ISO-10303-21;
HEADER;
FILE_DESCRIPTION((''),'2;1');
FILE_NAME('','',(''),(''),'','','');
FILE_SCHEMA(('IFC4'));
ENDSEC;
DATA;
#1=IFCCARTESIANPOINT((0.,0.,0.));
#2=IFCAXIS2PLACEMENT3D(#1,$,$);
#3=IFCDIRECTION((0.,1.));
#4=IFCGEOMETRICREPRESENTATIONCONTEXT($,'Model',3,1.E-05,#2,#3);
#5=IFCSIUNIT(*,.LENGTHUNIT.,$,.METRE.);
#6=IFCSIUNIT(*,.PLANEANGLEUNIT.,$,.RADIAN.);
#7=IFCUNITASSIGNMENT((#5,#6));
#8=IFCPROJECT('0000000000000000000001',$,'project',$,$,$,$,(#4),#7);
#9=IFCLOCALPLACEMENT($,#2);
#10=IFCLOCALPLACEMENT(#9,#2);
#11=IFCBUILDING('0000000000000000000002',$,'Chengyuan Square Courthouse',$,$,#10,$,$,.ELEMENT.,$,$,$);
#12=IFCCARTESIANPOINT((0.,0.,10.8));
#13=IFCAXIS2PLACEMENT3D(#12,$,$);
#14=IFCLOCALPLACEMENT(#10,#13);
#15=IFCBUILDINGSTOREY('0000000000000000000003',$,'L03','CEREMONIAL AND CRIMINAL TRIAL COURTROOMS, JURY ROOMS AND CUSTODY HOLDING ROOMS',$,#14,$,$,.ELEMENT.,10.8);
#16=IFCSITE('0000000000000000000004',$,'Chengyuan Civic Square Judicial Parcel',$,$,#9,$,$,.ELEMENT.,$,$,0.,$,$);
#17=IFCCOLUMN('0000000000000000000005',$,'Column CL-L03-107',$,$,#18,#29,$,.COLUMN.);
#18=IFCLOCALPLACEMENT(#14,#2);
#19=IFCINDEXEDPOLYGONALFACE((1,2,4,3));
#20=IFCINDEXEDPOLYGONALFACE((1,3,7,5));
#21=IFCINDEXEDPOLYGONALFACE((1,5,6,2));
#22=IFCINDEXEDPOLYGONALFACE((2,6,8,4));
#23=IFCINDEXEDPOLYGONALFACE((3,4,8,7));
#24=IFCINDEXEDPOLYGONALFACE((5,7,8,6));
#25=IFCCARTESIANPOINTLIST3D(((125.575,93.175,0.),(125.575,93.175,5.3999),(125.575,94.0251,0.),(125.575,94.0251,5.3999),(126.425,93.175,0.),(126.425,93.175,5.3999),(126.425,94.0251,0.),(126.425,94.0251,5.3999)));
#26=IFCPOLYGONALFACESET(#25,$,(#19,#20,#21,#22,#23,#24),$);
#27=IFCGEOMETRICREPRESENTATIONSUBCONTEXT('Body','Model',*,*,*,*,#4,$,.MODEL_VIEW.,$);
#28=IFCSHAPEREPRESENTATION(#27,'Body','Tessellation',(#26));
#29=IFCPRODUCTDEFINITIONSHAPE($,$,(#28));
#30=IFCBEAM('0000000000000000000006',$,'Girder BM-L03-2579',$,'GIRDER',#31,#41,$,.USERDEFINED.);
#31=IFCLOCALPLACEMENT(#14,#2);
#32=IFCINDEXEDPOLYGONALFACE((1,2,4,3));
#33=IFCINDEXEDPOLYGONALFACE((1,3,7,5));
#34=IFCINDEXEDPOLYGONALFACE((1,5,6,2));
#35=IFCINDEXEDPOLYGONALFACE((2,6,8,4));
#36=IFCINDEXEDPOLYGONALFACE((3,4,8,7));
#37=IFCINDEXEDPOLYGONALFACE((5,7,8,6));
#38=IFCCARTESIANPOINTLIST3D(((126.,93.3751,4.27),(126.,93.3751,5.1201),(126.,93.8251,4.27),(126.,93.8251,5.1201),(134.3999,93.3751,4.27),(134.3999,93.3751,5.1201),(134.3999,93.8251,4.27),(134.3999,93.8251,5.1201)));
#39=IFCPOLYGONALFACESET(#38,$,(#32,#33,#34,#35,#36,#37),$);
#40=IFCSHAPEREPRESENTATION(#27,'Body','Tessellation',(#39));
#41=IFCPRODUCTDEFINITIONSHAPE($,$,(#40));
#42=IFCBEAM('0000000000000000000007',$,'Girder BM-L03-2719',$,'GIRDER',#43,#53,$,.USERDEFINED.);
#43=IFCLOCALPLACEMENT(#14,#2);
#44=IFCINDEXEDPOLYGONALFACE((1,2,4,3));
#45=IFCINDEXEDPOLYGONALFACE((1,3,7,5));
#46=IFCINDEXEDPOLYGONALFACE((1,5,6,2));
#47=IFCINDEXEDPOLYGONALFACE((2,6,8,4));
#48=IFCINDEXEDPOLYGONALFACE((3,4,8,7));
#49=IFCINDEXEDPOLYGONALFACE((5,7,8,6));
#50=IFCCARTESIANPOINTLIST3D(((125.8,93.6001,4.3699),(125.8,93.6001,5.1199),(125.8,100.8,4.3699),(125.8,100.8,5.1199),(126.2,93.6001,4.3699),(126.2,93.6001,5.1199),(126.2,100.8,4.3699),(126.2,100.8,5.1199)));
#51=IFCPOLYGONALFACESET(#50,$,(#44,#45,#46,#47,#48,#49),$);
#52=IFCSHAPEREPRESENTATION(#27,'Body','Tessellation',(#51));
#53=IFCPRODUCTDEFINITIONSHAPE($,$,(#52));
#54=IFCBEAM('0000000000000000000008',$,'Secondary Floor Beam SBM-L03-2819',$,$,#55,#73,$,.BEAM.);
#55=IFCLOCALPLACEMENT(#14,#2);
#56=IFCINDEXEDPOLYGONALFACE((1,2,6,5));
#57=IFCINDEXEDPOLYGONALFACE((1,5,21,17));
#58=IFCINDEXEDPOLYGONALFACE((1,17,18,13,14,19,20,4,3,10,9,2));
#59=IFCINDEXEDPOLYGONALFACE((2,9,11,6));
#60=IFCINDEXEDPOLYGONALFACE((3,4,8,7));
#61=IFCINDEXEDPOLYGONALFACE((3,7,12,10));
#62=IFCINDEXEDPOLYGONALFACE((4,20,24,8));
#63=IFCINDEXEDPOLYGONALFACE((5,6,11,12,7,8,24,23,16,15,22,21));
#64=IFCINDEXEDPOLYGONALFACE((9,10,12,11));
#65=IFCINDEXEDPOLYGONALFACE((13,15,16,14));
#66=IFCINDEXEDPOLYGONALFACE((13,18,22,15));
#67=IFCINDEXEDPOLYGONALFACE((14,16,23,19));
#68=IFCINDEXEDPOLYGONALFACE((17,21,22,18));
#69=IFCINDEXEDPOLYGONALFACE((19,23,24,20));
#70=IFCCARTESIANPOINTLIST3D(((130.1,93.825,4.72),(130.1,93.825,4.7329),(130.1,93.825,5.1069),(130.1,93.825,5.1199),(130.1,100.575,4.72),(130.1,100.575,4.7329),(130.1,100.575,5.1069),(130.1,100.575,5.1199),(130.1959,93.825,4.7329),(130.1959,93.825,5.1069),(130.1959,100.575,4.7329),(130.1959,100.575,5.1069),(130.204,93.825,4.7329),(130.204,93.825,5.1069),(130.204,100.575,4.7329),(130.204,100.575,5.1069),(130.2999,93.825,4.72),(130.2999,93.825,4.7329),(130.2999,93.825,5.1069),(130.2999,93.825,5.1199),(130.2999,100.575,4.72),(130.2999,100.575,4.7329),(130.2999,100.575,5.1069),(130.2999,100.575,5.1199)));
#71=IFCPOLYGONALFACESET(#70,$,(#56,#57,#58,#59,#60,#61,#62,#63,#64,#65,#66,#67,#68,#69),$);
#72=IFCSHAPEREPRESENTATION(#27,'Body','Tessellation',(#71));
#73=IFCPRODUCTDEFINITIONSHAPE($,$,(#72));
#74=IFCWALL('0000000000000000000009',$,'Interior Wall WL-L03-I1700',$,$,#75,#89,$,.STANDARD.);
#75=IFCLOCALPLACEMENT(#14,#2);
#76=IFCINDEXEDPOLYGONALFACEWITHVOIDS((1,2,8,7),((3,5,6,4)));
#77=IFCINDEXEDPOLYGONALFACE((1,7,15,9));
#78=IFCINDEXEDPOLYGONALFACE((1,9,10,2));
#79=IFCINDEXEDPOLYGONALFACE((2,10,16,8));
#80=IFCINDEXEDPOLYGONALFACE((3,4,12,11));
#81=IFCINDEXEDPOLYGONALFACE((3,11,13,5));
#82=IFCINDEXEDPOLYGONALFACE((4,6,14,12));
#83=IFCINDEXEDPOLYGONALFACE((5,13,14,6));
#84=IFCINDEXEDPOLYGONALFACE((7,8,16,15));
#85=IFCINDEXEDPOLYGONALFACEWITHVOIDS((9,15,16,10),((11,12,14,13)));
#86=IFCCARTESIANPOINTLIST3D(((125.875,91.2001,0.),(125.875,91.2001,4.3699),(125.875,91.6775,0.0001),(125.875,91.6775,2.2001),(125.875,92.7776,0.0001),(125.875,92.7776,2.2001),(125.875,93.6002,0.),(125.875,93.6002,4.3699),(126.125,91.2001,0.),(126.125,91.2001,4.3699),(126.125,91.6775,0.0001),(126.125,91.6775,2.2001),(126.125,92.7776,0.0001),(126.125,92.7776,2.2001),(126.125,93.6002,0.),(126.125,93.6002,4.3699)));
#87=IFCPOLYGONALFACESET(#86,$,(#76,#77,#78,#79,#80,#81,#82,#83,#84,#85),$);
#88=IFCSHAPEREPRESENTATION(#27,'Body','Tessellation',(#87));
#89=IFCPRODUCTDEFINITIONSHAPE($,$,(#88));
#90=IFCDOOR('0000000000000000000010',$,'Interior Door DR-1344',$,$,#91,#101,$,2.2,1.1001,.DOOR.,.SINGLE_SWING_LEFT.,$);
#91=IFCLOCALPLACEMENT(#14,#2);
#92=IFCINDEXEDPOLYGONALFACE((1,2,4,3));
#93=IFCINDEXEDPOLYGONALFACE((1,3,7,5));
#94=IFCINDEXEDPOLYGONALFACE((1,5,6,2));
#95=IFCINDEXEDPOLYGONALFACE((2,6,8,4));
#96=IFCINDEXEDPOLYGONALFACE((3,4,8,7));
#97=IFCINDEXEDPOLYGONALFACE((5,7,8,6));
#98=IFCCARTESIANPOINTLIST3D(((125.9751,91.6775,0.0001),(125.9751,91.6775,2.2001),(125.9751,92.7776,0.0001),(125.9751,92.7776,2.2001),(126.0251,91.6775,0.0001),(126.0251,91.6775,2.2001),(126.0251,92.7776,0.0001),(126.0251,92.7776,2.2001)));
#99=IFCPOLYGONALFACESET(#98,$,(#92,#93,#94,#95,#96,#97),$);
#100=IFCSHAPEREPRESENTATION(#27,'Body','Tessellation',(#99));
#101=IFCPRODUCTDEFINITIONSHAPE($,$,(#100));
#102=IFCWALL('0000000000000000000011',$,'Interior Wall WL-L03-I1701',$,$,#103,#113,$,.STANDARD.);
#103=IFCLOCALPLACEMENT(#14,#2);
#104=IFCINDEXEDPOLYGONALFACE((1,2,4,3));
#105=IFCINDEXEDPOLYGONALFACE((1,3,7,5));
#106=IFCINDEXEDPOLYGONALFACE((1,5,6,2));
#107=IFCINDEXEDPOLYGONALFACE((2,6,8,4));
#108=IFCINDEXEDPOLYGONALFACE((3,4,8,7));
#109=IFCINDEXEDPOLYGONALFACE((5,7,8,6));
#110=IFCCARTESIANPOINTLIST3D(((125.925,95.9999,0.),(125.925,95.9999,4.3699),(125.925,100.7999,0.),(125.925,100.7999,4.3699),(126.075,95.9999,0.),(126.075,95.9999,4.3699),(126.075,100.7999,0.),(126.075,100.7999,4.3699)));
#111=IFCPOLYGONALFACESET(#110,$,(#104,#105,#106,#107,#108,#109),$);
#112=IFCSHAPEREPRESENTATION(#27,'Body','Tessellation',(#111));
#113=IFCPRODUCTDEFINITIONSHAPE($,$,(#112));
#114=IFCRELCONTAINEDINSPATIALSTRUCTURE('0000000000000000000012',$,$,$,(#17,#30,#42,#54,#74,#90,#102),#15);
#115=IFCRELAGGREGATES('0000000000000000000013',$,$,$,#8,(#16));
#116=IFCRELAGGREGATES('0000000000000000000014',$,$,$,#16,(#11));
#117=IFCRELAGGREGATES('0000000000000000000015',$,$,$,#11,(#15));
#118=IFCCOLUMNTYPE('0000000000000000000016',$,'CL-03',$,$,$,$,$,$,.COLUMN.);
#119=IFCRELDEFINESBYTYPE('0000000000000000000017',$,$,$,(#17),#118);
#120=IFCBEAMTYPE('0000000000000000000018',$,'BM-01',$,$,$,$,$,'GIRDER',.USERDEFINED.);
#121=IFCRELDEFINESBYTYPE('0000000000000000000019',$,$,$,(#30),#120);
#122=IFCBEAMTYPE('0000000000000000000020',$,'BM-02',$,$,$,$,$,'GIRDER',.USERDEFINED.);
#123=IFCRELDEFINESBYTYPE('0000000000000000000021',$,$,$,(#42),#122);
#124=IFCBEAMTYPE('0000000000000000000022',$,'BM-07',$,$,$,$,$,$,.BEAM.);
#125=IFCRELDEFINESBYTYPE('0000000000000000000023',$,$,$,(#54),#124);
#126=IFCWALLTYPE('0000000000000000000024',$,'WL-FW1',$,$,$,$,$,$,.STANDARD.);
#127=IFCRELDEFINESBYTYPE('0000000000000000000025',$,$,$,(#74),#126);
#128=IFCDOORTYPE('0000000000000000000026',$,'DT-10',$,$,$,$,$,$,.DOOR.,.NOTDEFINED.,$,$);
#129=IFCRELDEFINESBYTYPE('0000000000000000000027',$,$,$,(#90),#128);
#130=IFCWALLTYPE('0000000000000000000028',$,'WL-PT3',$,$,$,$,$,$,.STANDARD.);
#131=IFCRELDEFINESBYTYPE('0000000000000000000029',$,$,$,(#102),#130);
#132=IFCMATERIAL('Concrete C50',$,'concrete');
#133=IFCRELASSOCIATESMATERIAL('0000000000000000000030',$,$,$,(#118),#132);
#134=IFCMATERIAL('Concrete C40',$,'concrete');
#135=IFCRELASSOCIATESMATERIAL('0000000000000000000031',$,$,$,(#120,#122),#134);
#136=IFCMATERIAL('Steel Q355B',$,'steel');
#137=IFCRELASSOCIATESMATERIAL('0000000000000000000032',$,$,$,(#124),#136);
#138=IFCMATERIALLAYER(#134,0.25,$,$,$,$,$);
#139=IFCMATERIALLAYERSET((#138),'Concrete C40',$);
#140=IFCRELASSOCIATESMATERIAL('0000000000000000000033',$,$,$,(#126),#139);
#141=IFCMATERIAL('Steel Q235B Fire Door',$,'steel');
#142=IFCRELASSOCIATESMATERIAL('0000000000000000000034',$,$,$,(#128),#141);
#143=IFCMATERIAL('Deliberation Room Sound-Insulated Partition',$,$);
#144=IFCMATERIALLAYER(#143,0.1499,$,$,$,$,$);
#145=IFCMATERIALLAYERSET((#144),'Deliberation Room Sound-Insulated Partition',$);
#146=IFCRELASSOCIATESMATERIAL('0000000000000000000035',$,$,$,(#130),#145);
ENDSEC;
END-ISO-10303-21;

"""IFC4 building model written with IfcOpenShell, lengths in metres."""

from ifc_helpers import new_model, si_unit, direction, frame, frame_2d, origin, origin_2d, place, context, subcontext, project, spatial, rectangle, i_section, extrude, material, layer, layer_set, material_profile, profile_set, type_object, element, fill, save


model = new_model("IFC4")

# Units and contexts
model_context = context("Model", 3, precision=1e-05, world=origin(), true_north=direction((0.0, 1.0)))
body_context = subcontext(model_context, "Body", "Model", "MODEL_VIEW")
ifc_project = project(units=[si_unit("LENGTHUNIT", "METRE"), si_unit("PLANEANGLEUNIT", "RADIAN")], contexts=[model_context])

# Site, building, storey
site_placement = place(None, origin())
site = spatial("IfcSite", under=ifc_project, at=site_placement, Name="Chengyuan Civic Square Judicial Parcel", CompositionType="ELEMENT", RefElevation=0.0)
building_placement = place(site_placement, origin())
building = spatial("IfcBuilding", under=site, at=building_placement, Name="Chengyuan Square Courthouse", CompositionType="ELEMENT")
storey_placement = place(building_placement, frame((0.0, 0.0, 10.8)))
storey = spatial("IfcBuildingStorey", under=building, at=storey_placement, Name="L03", Description="CEREMONIAL AND CRIMINAL TRIAL COURTROOMS, JURY ROOMS AND CUSTODY HOLDING ROOMS", CompositionType="ELEMENT", Elevation=10.8)

# Column
ifc_material_1 = material(Name="Concrete C50", Category="concrete")
ifc_material_profile_1 = material_profile(ifc_material_1, rectangle(XDim=0.8501, YDim=0.8501, at=origin_2d()), Name="RC-COL-850x850")
ifc_profile_set_1 = profile_set([ifc_material_profile_1], Name="Concrete C50")
column_type = type_object("IfcColumnType", Name="CL-03", PredefinedType="COLUMN", material=ifc_profile_set_1)
column_placement = place(storey_placement, frame((126.0, 93.6001, 0.0), z_axis=(0.0, 0.0, 1.0), x_axis=(1.0, 0.0, 0.0)))
element("IfcColumn", 1, at=column_placement, inside=storey, type_object=column_type, Name="Column CL-L03-107", PredefinedType="COLUMN", context=body_context, shape_type="SweptSolid", body=[
    extrude(rectangle(XDim=0.8501, YDim=0.8501, at=origin_2d()), origin(), (0.0, 0.0, 1.0), 5.3999),
])

# Beams
ifc_material_2 = material(Name="Concrete C40", Category="concrete")
ifc_material_profile_2 = material_profile(ifc_material_2, rectangle(XDim=0.45, YDim=0.8501, at=origin_2d()), Name="RC-BM-450x850")
ifc_profile_set_2 = profile_set([ifc_material_profile_2], Name="Concrete C40")
beam_type_1 = type_object("IfcBeamType", Name="BM-01", ElementType="GIRDER", PredefinedType="USERDEFINED", material=ifc_profile_set_2)
beam_1_placement = place(storey_placement, frame((126.0, 93.6001, 4.6951), z_axis=(1.0, 0.0, 0.0), x_axis=(0.0, 1.0, 0.0)))
element("IfcBeam", 2, at=beam_1_placement, inside=storey, type_object=beam_type_1, Name="Girder BM-L03-2579", ObjectType="GIRDER", PredefinedType="USERDEFINED", context=body_context, shape_type="SweptSolid", body=[
    extrude(rectangle(XDim=0.45, YDim=0.8501, at=origin_2d()), origin(), (0.0, 0.0, 1.0), 8.3999),
])
ifc_material_profile_3 = material_profile(ifc_material_2, rectangle(XDim=0.3999, YDim=0.75, at=origin_2d()), Name="RC-BM-400x750")
ifc_profile_set_3 = profile_set([ifc_material_profile_3], Name="Concrete C40")
beam_type_2 = type_object("IfcBeamType", Name="BM-02", ElementType="GIRDER", PredefinedType="USERDEFINED", material=ifc_profile_set_3)
beam_2_placement = place(storey_placement, frame((126.0, 93.6001, 4.7449), z_axis=(0.0, 1.0, 0.0), x_axis=(-1.0, 0.0, 0.0)))
element("IfcBeam", 3, at=beam_2_placement, inside=storey, type_object=beam_type_2, Name="Girder BM-L03-2719", ObjectType="GIRDER", PredefinedType="USERDEFINED", context=body_context, shape_type="SweptSolid", body=[
    extrude(rectangle(XDim=0.3999, YDim=0.75, at=origin_2d()), origin(), (0.0, 0.0, 1.0), 7.2),
])
ifc_material_3 = material(Name="Steel Q355B", Category="steel")
ifc_material_profile_4 = material_profile(ifc_material_3, i_section(OverallWidth=0.2, OverallDepth=0.3999, WebThickness=0.0081, FlangeThickness=0.0129, at=origin_2d()), Name="HN 400x200x8x13")
ifc_profile_set_4 = profile_set([ifc_material_profile_4], Name="Steel Q355B")
beam_type_3 = type_object("IfcBeamType", Name="BM-07", PredefinedType="BEAM", material=ifc_profile_set_4)
beam_3_placement = place(storey_placement, frame((130.2, 93.825, 4.9199), z_axis=(0.0, 1.0, 0.0), x_axis=(-1.0, 0.0, 0.0)))
element("IfcBeam", 4, at=beam_3_placement, inside=storey, type_object=beam_type_3, Name="Secondary Floor Beam SBM-L03-2819", PredefinedType="BEAM", context=body_context, shape_type="SweptSolid", body=[
    extrude(i_section(OverallWidth=0.2, OverallDepth=0.3999, WebThickness=0.0081, FlangeThickness=0.0129, at=origin_2d()), origin(), (0.0, 0.0, 1.0), 6.75),
])

# Wall, opening, door
ifc_layer_1 = layer(ifc_material_2, 0.25)
ifc_layer_set_1 = layer_set([ifc_layer_1], Name="Concrete C40")
wall_type_1 = type_object("IfcWallType", Name="WL-FW1", PredefinedType="STANDARD", material=ifc_layer_set_1)
wall_1_placement = place(storey_placement, frame((126.0, 91.2, 0.0), z_axis=(0.0, 0.0, 1.0), x_axis=(0.0, 1.0, 0.0)))
wall_1 = element("IfcWall", 5, at=wall_1_placement, inside=storey, type_object=wall_type_1, Name="Interior Wall WL-L03-I1700", PredefinedType="STANDARD", context=body_context, shape_type="SweptSolid", body=[
    extrude(rectangle(XDim=2.4001, YDim=0.25, at=frame_2d((1.2002, 0.0))), origin(), (0.0, 0.0, 1.0), 4.3699),
])
opening_1_placement = place(wall_1_placement, frame((0.4775, 0.0, 0.0)))
opening_1 = element("IfcOpeningElement", 6, at=opening_1_placement, cuts=wall_1, PredefinedType="OPENING", context=body_context, shape_type="SweptSolid", body=[
    extrude(rectangle(XDim=1.1001, YDim=2.2, at=frame_2d((0.55, 1.1001))), frame((0.0, 0.137, 0.0), z_axis=(0.0, -1.0, 0.0), x_axis=(1.0, 0.0, 0.0)), (0.0, 0.0, 1.0), 0.2739),
])
ifc_material_4 = material(Name="Steel Q235B Fire Door", Category="steel")
door_type_1 = type_object("IfcDoorType", Name="DT-10", OperationType="NOTDEFINED", PredefinedType="DOOR", material=ifc_material_4)
door_1_placement = place(opening_1_placement, origin())
door_1 = element("IfcDoor", 7, at=door_1_placement, inside=storey, type_object=door_type_1, Name="Interior Door DR-1344", OperationType="SINGLE_SWING_LEFT", OverallHeight=2.2, OverallWidth=1.1001, PredefinedType="DOOR", context=body_context, shape_type="SweptSolid", body=[
    extrude(rectangle(XDim=1.1001, YDim=2.2, at=frame_2d((0.55, 1.1001))), frame((0.0, 0.0249, 0.0), z_axis=(0.0, -1.0, 0.0), x_axis=(1.0, 0.0, 0.0)), (0.0, 0.0, 1.0), 0.05),
])
fill(opening_1, door_1)

# Wall
ifc_material_5 = material(Name="Deliberation Room Sound-Insulated Partition")
ifc_layer_2 = layer(ifc_material_5, 0.1499)
ifc_layer_set_2 = layer_set([ifc_layer_2], Name="Deliberation Room Sound-Insulated Partition")
wall_type_2 = type_object("IfcWallType", Name="WL-PT3", PredefinedType="STANDARD", material=ifc_layer_set_2)
wall_2_placement = place(storey_placement, frame((126.0, 96.0, 0.0), z_axis=(0.0, 0.0, 1.0), x_axis=(0.0, 1.0, 0.0)))
element("IfcWall", 8, at=wall_2_placement, inside=storey, type_object=wall_type_2, Name="Interior Wall WL-L03-I1701", PredefinedType="STANDARD", context=body_context, shape_type="SweptSolid", body=[
    extrude(rectangle(XDim=4.8, YDim=0.1499, at=frame_2d((2.3999, 0.0))), origin(), (0.0, 0.0, 1.0), 4.3699),
])

save(model, "model.ifc")
